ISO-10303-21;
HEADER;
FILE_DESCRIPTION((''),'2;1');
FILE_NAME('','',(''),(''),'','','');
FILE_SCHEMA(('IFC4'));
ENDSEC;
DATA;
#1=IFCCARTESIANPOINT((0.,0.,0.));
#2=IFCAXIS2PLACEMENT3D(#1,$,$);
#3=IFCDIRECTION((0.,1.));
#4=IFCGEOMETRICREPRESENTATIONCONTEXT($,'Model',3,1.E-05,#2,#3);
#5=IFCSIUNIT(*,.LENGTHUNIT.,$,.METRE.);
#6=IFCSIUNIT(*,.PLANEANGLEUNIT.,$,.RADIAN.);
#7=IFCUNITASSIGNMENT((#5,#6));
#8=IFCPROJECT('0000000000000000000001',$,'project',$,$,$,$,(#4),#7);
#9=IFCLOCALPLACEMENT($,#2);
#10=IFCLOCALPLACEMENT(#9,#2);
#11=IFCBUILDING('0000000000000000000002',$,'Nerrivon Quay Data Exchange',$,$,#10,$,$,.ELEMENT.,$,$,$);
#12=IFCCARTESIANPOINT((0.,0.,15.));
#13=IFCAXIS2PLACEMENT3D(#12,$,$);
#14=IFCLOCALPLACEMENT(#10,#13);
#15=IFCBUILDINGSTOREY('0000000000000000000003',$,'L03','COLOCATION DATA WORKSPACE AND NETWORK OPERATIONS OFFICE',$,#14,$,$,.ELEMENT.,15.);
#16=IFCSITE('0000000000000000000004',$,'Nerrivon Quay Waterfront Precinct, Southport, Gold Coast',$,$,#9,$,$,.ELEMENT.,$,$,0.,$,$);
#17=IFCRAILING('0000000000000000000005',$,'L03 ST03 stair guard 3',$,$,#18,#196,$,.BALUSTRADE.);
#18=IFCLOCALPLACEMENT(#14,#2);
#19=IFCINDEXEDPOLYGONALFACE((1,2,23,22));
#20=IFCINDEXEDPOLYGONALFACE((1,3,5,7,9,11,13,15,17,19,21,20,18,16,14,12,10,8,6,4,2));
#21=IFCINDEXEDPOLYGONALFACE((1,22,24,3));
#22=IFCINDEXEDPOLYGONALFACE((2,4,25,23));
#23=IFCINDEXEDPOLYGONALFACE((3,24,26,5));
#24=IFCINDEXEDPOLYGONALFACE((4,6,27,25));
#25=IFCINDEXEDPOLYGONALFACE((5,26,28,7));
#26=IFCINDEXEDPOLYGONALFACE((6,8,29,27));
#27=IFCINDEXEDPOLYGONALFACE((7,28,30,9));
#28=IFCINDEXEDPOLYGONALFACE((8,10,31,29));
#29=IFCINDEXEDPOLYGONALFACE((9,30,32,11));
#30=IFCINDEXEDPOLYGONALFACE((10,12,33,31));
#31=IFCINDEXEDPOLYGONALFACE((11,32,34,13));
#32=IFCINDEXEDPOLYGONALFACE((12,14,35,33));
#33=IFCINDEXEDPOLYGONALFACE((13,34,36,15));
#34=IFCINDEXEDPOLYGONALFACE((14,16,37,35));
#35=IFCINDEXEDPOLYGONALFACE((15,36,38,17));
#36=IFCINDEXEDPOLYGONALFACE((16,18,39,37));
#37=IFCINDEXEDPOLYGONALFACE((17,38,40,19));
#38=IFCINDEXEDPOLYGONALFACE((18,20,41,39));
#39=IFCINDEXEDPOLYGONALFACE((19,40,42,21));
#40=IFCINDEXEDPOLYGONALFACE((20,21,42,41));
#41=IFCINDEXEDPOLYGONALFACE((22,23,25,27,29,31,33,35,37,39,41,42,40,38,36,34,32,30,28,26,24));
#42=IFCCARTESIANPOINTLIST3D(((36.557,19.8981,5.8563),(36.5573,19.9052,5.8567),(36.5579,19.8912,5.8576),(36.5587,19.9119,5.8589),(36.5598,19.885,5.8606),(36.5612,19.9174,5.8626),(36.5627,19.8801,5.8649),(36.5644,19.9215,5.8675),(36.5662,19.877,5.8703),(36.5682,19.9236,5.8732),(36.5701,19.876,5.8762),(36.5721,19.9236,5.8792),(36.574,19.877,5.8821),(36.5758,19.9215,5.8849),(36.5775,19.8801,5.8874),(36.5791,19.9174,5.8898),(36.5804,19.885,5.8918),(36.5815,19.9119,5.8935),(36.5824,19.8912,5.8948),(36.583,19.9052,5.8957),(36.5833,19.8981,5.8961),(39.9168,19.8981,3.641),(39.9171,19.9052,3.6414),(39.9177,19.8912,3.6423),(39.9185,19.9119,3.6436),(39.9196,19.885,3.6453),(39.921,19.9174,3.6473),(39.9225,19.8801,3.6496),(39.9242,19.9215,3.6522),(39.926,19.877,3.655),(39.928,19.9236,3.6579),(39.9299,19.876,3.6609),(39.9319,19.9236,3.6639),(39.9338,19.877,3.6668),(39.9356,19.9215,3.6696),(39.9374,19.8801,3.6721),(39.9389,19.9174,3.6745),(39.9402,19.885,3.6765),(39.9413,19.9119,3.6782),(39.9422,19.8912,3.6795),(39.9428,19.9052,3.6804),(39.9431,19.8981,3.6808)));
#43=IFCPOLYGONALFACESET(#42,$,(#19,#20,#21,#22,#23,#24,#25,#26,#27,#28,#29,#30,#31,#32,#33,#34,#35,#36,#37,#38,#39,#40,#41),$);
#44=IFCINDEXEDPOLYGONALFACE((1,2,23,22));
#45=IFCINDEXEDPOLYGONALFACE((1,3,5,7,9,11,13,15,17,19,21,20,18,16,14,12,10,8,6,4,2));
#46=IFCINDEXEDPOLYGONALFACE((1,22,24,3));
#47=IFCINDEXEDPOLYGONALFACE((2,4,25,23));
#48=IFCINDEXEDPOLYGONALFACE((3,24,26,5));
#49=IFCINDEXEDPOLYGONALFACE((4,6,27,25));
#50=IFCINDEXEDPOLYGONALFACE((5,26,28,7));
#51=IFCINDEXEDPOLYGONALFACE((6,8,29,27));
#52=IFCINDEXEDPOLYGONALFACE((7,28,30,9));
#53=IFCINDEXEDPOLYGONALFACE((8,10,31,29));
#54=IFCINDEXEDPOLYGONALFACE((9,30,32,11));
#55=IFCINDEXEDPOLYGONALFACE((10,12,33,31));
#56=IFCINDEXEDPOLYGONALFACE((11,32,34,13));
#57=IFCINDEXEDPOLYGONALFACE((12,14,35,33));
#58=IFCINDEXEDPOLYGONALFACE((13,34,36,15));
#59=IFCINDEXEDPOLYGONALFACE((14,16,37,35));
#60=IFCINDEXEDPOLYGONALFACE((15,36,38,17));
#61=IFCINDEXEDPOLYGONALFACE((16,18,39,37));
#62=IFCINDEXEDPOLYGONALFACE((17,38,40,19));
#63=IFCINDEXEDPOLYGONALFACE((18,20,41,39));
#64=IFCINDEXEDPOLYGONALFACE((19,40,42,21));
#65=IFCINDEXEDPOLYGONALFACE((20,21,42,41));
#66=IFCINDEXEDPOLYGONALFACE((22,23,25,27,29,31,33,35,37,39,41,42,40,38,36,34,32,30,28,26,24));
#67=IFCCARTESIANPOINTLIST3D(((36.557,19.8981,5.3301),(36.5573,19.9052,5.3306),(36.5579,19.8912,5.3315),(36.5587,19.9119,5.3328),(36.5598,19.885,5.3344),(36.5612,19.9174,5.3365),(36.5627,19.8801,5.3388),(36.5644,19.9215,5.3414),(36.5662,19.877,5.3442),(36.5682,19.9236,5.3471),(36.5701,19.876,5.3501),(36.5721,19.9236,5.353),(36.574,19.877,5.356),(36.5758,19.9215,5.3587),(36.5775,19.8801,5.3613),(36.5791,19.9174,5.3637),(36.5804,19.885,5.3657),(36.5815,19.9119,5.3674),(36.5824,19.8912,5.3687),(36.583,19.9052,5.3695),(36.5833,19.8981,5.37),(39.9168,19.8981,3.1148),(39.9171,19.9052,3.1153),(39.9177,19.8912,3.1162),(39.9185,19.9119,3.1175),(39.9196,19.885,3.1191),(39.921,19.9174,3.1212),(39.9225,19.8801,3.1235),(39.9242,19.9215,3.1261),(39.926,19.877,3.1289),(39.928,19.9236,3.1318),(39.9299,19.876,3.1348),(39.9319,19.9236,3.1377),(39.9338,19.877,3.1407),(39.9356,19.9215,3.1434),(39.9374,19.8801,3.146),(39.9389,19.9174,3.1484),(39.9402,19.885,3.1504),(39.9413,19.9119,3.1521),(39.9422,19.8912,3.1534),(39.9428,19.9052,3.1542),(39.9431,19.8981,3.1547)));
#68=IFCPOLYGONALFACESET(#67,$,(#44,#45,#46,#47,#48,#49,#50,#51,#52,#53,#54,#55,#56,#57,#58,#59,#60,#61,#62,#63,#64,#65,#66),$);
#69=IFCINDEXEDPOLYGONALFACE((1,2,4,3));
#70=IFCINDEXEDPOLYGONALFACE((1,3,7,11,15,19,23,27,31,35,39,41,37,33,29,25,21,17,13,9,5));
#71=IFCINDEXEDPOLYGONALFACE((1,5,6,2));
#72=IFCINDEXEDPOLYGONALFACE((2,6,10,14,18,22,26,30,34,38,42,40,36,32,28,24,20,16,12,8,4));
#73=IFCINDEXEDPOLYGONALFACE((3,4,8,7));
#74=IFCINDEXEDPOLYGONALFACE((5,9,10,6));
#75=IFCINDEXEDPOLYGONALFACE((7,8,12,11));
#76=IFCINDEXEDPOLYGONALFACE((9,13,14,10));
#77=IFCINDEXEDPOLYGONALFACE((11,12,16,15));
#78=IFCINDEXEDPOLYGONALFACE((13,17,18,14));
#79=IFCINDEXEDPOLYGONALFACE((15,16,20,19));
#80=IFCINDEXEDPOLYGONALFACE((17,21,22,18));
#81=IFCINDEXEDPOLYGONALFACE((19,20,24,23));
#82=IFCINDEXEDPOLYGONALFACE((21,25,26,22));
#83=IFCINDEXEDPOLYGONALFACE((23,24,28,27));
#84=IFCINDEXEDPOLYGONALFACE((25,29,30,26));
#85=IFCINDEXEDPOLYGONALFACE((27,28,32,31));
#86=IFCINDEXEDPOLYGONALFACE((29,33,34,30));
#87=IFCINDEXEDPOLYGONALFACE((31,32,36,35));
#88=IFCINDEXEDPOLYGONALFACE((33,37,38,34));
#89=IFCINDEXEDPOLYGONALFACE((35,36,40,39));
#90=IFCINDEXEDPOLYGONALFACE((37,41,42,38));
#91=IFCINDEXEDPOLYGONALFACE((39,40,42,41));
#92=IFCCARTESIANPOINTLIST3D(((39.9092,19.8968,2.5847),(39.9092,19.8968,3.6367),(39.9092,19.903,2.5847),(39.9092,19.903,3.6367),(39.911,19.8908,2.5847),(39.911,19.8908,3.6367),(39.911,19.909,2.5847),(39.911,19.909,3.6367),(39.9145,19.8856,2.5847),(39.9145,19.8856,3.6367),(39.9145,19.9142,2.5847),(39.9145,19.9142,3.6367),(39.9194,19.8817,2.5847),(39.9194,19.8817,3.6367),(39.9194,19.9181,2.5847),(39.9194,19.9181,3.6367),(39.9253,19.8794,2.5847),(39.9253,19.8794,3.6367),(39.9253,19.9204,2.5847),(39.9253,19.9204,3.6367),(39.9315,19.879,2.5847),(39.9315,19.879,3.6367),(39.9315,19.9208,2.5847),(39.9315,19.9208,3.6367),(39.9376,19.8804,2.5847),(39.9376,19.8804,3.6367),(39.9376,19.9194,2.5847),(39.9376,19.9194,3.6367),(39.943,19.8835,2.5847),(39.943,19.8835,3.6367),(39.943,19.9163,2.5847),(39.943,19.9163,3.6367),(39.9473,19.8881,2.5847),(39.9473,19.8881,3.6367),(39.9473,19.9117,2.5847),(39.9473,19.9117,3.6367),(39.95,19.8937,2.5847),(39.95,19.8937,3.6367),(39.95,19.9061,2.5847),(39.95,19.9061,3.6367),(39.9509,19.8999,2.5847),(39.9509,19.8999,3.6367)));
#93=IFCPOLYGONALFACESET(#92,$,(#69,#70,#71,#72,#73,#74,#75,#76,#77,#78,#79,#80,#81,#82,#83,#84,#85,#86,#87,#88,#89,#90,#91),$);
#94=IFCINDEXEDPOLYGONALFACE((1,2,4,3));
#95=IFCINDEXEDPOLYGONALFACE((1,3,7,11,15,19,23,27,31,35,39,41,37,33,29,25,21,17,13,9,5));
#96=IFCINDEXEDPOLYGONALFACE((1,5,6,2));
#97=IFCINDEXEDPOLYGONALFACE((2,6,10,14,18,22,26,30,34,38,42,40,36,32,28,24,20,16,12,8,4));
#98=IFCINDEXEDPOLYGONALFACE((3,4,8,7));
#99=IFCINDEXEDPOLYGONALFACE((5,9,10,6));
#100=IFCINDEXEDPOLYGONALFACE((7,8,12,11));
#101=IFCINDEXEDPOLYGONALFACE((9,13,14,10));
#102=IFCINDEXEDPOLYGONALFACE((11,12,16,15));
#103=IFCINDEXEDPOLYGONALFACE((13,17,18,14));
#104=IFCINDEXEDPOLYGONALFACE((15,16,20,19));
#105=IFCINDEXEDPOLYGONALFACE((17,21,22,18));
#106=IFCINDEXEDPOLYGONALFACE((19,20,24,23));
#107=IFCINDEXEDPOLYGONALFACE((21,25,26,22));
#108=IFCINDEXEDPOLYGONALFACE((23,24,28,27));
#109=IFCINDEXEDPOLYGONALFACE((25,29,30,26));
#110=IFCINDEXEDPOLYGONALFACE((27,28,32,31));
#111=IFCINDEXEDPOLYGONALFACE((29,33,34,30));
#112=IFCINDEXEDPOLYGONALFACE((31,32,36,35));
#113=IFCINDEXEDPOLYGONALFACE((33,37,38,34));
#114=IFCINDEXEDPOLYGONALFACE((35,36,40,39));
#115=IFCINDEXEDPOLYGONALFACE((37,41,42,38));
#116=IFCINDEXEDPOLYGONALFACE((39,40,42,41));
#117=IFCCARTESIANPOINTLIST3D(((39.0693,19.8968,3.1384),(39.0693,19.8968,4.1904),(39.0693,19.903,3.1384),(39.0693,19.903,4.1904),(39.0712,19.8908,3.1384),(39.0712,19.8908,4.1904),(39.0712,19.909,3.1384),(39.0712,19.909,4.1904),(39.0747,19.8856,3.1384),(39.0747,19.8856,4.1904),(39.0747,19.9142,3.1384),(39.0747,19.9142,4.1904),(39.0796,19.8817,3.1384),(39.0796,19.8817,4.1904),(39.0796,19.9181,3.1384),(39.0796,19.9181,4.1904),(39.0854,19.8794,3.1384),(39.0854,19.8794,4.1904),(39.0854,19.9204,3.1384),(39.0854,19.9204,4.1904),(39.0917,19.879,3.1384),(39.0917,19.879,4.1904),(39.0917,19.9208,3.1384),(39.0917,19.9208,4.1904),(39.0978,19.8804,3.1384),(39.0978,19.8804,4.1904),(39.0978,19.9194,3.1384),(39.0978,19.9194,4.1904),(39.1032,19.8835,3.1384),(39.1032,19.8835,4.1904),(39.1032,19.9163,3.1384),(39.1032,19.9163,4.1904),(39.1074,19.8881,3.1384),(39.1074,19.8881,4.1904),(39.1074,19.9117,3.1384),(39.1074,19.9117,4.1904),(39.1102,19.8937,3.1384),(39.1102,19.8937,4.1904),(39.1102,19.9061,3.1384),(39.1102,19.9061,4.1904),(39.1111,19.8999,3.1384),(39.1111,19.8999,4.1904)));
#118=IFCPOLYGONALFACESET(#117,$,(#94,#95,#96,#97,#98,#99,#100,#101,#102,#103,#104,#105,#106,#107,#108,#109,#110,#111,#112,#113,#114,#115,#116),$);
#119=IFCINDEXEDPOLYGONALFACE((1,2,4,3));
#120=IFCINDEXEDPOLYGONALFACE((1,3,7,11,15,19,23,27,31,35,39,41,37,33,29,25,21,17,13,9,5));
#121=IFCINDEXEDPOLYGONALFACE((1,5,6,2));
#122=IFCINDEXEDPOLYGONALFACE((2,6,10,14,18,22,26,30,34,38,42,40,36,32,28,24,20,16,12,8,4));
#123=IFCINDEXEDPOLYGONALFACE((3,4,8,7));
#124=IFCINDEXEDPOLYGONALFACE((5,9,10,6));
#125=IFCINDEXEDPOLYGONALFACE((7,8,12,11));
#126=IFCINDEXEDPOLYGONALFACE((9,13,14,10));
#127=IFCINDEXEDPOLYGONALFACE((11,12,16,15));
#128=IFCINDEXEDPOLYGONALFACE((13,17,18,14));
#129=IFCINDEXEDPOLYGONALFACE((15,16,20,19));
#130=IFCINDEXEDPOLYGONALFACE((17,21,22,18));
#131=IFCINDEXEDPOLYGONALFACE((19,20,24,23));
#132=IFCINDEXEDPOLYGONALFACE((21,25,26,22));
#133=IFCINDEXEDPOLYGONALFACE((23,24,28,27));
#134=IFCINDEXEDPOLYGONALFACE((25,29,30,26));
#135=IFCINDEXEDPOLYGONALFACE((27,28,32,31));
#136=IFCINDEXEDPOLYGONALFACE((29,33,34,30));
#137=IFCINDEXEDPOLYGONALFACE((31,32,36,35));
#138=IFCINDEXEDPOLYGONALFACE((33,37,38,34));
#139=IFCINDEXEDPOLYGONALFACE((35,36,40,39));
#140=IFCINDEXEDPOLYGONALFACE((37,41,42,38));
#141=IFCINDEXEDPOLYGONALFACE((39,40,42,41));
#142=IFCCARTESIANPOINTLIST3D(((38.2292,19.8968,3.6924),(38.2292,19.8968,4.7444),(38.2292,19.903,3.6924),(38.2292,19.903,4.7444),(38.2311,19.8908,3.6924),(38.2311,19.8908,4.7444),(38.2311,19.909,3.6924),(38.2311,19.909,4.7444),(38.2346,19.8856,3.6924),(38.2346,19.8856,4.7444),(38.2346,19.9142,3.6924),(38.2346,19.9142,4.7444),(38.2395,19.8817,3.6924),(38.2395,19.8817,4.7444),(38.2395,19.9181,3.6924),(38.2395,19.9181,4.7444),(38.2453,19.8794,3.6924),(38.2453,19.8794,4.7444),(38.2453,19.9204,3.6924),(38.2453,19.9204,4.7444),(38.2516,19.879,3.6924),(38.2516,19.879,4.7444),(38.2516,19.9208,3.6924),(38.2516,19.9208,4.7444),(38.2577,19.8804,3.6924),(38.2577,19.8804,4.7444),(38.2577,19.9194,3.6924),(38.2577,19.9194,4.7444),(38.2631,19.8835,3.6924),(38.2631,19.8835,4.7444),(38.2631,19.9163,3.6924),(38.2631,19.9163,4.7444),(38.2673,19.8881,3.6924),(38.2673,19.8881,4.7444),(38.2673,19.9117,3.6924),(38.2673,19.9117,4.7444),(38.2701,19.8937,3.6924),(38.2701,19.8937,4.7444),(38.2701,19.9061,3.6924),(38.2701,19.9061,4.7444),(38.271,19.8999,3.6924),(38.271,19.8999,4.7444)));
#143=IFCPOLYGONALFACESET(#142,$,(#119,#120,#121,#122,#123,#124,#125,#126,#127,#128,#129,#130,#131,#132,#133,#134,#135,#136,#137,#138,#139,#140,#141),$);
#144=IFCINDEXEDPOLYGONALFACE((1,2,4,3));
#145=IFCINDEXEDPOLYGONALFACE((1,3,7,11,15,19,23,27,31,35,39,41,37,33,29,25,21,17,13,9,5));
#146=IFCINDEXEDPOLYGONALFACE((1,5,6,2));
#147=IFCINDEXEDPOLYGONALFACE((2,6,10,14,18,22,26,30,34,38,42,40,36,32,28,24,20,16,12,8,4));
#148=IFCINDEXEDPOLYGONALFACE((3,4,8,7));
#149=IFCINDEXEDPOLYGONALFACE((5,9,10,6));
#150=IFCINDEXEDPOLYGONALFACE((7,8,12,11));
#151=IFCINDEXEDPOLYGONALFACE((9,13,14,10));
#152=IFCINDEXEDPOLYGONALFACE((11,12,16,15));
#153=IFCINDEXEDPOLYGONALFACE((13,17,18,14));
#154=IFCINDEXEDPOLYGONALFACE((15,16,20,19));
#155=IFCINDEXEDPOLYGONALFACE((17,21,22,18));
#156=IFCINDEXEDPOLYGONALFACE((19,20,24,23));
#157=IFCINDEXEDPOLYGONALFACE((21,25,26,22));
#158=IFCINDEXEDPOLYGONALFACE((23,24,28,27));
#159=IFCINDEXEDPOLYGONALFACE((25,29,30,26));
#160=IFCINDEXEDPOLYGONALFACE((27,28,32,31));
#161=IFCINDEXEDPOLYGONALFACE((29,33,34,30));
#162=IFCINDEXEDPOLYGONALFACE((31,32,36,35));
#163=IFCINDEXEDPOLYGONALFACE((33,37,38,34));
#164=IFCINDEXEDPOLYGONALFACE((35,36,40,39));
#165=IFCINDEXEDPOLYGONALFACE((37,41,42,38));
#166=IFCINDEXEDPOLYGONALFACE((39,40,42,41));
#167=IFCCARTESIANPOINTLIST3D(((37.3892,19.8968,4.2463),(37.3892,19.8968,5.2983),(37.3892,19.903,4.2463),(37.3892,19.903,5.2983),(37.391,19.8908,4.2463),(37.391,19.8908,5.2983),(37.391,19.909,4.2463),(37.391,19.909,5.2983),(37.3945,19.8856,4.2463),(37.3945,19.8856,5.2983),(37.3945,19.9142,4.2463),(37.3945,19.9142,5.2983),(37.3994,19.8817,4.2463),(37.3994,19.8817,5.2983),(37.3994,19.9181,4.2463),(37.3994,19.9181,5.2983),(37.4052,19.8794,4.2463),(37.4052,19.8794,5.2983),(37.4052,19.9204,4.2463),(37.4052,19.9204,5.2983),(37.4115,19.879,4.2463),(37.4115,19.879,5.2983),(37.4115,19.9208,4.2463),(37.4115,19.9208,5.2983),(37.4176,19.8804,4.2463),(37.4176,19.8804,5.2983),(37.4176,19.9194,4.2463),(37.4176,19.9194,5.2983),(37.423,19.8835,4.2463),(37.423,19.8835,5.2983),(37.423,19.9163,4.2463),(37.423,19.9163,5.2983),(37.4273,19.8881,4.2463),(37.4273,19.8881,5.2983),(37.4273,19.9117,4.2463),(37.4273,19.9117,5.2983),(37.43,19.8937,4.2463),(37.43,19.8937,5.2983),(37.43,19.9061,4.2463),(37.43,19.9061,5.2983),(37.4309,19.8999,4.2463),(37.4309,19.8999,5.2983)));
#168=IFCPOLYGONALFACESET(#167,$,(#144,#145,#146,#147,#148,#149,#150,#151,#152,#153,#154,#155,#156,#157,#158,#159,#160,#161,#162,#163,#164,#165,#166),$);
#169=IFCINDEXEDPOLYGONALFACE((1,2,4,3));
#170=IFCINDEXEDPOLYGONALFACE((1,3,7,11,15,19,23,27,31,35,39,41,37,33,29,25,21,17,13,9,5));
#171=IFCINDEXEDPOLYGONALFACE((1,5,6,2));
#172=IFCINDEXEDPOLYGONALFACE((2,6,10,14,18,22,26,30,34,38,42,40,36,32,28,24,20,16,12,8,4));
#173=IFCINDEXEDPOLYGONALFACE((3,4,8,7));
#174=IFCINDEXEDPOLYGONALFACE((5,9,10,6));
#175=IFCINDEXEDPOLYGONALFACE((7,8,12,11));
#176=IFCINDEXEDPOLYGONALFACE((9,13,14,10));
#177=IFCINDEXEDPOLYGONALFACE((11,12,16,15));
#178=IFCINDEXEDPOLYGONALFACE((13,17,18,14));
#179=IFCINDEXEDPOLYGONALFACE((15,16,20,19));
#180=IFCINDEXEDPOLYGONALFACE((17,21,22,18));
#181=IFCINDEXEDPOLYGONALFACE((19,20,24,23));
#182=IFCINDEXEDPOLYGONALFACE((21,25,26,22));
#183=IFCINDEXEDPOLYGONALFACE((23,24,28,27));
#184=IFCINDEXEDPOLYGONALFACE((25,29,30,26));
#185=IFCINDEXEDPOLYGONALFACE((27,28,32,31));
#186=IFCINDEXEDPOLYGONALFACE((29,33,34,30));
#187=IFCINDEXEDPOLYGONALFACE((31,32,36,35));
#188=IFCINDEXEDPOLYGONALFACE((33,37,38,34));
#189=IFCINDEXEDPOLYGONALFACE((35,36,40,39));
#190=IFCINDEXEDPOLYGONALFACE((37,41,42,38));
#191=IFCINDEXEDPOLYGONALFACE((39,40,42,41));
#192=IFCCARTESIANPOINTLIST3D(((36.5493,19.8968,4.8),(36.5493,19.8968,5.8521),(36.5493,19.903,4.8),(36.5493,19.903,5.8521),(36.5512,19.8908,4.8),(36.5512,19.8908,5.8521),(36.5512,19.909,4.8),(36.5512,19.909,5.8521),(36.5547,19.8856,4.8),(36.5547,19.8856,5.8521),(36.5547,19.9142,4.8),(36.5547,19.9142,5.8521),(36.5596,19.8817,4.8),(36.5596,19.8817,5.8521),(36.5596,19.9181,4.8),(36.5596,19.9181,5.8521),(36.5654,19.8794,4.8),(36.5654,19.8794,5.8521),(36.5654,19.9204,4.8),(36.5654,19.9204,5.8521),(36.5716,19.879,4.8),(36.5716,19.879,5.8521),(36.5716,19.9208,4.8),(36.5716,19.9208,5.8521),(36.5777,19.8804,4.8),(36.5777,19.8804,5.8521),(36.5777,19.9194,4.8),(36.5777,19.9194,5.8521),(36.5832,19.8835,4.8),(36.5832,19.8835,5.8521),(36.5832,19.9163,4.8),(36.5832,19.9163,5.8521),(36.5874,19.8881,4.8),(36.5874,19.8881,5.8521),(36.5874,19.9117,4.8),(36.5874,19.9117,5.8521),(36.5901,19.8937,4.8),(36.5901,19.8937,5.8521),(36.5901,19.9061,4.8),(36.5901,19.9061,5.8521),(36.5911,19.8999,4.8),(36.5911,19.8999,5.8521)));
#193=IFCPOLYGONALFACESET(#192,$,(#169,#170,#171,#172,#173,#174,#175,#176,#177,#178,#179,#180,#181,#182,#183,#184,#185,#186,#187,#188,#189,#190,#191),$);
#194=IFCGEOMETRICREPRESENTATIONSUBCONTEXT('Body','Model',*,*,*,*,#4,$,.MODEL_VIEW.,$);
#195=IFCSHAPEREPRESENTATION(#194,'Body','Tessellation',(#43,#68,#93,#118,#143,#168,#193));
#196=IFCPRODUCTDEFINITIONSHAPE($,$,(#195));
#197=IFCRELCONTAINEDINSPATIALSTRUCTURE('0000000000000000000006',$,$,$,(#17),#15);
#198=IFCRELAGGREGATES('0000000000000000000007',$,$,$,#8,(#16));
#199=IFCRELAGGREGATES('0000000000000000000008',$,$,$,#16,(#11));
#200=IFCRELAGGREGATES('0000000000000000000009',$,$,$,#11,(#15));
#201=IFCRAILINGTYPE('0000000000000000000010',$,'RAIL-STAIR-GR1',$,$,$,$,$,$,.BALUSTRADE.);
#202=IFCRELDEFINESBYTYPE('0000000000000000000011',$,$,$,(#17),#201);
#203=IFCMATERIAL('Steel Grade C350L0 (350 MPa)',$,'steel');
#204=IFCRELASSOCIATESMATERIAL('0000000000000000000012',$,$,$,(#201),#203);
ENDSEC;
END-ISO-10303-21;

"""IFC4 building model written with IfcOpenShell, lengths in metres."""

from ifc_helpers import new_model, si_unit, direction, frame, origin, origin_2d, place, context, subcontext, project, spatial, circle, extrude, material, type_object, element, save


model = new_model("IFC4")

# Units and contexts
model_context = context("Model", 3, precision=1e-05, world=origin(), true_north=direction((0.0, 1.0)))
body_context = subcontext(model_context, "Body", "Model", "MODEL_VIEW")
ifc_project = project(units=[si_unit("LENGTHUNIT", "METRE"), si_unit("PLANEANGLEUNIT", "RADIAN")], contexts=[model_context])

# Site, building, storey
site_placement = place(None, origin())
site = spatial("IfcSite", under=ifc_project, at=site_placement, Name="Nerrivon Quay Waterfront Precinct, Southport, Gold Coast", CompositionType="ELEMENT", RefElevation=0.0)
building_placement = place(site_placement, origin())
building = spatial("IfcBuilding", under=site, at=building_placement, Name="Nerrivon Quay Data Exchange", CompositionType="ELEMENT")
storey_placement = place(building_placement, frame((0.0, 0.0, 15.0)))
storey = spatial("IfcBuildingStorey", under=building, at=storey_placement, Name="L03", Description="COLOCATION DATA WORKSPACE AND NETWORK OPERATIONS OFFICE", CompositionType="ELEMENT", Elevation=15.0)

# Railing
ifc_material_1 = material(Name="Steel Grade C350L0 (350 MPa)", Category="steel")
railing_type_1 = type_object("IfcRailingType", Name="RAIL-STAIR-GR1", PredefinedType="BALUSTRADE", material=ifc_material_1)
railing_1_placement = place(storey_placement, frame((39.9299, 19.8999, 2.5847)))
element("IfcRailing", 1, at=railing_1_placement, inside=storey, type_object=railing_type_1, Name="L03 ST03 stair guard 3", PredefinedType="BALUSTRADE", context=body_context, shape_type="SweptSolid", body=[
    extrude(circle(Radius=0.0239, at=origin_2d()), frame((0.0, 0.0, 1.0762), z_axis=(-0.834858, 0.0, 0.550465), x_axis=(0.0, -1.0, 0.0)), (0.0, 0.0, 1.0), 4.0244),
    extrude(circle(Radius=0.0239, at=origin_2d()), frame((0.0, 0.0, 0.55), z_axis=(-0.834858, 0.0, 0.550465), x_axis=(0.0, -1.0, 0.0)), (0.0, 0.0, 1.0), 4.0244),
    extrude(circle(Radius=0.021, at=origin_2d()), origin(), (0.0, 0.0, 1.0), 1.052),
    extrude(circle(Radius=0.021, at=origin_2d()), frame((-0.8398, 0.0, 0.5537)), (0.0, 0.0, 1.0), 1.052),
    extrude(circle(Radius=0.021, at=origin_2d()), frame((-1.6799, 0.0, 1.1077)), (0.0, 0.0, 1.0), 1.052),
    extrude(circle(Radius=0.021, at=origin_2d()), frame((-2.52, 0.0, 1.6616)), (0.0, 0.0, 1.0), 1.052),
    extrude(circle(Radius=0.021, at=origin_2d()), frame((-3.3599, 0.0, 2.2153)), (0.0, 0.0, 1.0), 1.052),
])

save(model, "model.ifc")
